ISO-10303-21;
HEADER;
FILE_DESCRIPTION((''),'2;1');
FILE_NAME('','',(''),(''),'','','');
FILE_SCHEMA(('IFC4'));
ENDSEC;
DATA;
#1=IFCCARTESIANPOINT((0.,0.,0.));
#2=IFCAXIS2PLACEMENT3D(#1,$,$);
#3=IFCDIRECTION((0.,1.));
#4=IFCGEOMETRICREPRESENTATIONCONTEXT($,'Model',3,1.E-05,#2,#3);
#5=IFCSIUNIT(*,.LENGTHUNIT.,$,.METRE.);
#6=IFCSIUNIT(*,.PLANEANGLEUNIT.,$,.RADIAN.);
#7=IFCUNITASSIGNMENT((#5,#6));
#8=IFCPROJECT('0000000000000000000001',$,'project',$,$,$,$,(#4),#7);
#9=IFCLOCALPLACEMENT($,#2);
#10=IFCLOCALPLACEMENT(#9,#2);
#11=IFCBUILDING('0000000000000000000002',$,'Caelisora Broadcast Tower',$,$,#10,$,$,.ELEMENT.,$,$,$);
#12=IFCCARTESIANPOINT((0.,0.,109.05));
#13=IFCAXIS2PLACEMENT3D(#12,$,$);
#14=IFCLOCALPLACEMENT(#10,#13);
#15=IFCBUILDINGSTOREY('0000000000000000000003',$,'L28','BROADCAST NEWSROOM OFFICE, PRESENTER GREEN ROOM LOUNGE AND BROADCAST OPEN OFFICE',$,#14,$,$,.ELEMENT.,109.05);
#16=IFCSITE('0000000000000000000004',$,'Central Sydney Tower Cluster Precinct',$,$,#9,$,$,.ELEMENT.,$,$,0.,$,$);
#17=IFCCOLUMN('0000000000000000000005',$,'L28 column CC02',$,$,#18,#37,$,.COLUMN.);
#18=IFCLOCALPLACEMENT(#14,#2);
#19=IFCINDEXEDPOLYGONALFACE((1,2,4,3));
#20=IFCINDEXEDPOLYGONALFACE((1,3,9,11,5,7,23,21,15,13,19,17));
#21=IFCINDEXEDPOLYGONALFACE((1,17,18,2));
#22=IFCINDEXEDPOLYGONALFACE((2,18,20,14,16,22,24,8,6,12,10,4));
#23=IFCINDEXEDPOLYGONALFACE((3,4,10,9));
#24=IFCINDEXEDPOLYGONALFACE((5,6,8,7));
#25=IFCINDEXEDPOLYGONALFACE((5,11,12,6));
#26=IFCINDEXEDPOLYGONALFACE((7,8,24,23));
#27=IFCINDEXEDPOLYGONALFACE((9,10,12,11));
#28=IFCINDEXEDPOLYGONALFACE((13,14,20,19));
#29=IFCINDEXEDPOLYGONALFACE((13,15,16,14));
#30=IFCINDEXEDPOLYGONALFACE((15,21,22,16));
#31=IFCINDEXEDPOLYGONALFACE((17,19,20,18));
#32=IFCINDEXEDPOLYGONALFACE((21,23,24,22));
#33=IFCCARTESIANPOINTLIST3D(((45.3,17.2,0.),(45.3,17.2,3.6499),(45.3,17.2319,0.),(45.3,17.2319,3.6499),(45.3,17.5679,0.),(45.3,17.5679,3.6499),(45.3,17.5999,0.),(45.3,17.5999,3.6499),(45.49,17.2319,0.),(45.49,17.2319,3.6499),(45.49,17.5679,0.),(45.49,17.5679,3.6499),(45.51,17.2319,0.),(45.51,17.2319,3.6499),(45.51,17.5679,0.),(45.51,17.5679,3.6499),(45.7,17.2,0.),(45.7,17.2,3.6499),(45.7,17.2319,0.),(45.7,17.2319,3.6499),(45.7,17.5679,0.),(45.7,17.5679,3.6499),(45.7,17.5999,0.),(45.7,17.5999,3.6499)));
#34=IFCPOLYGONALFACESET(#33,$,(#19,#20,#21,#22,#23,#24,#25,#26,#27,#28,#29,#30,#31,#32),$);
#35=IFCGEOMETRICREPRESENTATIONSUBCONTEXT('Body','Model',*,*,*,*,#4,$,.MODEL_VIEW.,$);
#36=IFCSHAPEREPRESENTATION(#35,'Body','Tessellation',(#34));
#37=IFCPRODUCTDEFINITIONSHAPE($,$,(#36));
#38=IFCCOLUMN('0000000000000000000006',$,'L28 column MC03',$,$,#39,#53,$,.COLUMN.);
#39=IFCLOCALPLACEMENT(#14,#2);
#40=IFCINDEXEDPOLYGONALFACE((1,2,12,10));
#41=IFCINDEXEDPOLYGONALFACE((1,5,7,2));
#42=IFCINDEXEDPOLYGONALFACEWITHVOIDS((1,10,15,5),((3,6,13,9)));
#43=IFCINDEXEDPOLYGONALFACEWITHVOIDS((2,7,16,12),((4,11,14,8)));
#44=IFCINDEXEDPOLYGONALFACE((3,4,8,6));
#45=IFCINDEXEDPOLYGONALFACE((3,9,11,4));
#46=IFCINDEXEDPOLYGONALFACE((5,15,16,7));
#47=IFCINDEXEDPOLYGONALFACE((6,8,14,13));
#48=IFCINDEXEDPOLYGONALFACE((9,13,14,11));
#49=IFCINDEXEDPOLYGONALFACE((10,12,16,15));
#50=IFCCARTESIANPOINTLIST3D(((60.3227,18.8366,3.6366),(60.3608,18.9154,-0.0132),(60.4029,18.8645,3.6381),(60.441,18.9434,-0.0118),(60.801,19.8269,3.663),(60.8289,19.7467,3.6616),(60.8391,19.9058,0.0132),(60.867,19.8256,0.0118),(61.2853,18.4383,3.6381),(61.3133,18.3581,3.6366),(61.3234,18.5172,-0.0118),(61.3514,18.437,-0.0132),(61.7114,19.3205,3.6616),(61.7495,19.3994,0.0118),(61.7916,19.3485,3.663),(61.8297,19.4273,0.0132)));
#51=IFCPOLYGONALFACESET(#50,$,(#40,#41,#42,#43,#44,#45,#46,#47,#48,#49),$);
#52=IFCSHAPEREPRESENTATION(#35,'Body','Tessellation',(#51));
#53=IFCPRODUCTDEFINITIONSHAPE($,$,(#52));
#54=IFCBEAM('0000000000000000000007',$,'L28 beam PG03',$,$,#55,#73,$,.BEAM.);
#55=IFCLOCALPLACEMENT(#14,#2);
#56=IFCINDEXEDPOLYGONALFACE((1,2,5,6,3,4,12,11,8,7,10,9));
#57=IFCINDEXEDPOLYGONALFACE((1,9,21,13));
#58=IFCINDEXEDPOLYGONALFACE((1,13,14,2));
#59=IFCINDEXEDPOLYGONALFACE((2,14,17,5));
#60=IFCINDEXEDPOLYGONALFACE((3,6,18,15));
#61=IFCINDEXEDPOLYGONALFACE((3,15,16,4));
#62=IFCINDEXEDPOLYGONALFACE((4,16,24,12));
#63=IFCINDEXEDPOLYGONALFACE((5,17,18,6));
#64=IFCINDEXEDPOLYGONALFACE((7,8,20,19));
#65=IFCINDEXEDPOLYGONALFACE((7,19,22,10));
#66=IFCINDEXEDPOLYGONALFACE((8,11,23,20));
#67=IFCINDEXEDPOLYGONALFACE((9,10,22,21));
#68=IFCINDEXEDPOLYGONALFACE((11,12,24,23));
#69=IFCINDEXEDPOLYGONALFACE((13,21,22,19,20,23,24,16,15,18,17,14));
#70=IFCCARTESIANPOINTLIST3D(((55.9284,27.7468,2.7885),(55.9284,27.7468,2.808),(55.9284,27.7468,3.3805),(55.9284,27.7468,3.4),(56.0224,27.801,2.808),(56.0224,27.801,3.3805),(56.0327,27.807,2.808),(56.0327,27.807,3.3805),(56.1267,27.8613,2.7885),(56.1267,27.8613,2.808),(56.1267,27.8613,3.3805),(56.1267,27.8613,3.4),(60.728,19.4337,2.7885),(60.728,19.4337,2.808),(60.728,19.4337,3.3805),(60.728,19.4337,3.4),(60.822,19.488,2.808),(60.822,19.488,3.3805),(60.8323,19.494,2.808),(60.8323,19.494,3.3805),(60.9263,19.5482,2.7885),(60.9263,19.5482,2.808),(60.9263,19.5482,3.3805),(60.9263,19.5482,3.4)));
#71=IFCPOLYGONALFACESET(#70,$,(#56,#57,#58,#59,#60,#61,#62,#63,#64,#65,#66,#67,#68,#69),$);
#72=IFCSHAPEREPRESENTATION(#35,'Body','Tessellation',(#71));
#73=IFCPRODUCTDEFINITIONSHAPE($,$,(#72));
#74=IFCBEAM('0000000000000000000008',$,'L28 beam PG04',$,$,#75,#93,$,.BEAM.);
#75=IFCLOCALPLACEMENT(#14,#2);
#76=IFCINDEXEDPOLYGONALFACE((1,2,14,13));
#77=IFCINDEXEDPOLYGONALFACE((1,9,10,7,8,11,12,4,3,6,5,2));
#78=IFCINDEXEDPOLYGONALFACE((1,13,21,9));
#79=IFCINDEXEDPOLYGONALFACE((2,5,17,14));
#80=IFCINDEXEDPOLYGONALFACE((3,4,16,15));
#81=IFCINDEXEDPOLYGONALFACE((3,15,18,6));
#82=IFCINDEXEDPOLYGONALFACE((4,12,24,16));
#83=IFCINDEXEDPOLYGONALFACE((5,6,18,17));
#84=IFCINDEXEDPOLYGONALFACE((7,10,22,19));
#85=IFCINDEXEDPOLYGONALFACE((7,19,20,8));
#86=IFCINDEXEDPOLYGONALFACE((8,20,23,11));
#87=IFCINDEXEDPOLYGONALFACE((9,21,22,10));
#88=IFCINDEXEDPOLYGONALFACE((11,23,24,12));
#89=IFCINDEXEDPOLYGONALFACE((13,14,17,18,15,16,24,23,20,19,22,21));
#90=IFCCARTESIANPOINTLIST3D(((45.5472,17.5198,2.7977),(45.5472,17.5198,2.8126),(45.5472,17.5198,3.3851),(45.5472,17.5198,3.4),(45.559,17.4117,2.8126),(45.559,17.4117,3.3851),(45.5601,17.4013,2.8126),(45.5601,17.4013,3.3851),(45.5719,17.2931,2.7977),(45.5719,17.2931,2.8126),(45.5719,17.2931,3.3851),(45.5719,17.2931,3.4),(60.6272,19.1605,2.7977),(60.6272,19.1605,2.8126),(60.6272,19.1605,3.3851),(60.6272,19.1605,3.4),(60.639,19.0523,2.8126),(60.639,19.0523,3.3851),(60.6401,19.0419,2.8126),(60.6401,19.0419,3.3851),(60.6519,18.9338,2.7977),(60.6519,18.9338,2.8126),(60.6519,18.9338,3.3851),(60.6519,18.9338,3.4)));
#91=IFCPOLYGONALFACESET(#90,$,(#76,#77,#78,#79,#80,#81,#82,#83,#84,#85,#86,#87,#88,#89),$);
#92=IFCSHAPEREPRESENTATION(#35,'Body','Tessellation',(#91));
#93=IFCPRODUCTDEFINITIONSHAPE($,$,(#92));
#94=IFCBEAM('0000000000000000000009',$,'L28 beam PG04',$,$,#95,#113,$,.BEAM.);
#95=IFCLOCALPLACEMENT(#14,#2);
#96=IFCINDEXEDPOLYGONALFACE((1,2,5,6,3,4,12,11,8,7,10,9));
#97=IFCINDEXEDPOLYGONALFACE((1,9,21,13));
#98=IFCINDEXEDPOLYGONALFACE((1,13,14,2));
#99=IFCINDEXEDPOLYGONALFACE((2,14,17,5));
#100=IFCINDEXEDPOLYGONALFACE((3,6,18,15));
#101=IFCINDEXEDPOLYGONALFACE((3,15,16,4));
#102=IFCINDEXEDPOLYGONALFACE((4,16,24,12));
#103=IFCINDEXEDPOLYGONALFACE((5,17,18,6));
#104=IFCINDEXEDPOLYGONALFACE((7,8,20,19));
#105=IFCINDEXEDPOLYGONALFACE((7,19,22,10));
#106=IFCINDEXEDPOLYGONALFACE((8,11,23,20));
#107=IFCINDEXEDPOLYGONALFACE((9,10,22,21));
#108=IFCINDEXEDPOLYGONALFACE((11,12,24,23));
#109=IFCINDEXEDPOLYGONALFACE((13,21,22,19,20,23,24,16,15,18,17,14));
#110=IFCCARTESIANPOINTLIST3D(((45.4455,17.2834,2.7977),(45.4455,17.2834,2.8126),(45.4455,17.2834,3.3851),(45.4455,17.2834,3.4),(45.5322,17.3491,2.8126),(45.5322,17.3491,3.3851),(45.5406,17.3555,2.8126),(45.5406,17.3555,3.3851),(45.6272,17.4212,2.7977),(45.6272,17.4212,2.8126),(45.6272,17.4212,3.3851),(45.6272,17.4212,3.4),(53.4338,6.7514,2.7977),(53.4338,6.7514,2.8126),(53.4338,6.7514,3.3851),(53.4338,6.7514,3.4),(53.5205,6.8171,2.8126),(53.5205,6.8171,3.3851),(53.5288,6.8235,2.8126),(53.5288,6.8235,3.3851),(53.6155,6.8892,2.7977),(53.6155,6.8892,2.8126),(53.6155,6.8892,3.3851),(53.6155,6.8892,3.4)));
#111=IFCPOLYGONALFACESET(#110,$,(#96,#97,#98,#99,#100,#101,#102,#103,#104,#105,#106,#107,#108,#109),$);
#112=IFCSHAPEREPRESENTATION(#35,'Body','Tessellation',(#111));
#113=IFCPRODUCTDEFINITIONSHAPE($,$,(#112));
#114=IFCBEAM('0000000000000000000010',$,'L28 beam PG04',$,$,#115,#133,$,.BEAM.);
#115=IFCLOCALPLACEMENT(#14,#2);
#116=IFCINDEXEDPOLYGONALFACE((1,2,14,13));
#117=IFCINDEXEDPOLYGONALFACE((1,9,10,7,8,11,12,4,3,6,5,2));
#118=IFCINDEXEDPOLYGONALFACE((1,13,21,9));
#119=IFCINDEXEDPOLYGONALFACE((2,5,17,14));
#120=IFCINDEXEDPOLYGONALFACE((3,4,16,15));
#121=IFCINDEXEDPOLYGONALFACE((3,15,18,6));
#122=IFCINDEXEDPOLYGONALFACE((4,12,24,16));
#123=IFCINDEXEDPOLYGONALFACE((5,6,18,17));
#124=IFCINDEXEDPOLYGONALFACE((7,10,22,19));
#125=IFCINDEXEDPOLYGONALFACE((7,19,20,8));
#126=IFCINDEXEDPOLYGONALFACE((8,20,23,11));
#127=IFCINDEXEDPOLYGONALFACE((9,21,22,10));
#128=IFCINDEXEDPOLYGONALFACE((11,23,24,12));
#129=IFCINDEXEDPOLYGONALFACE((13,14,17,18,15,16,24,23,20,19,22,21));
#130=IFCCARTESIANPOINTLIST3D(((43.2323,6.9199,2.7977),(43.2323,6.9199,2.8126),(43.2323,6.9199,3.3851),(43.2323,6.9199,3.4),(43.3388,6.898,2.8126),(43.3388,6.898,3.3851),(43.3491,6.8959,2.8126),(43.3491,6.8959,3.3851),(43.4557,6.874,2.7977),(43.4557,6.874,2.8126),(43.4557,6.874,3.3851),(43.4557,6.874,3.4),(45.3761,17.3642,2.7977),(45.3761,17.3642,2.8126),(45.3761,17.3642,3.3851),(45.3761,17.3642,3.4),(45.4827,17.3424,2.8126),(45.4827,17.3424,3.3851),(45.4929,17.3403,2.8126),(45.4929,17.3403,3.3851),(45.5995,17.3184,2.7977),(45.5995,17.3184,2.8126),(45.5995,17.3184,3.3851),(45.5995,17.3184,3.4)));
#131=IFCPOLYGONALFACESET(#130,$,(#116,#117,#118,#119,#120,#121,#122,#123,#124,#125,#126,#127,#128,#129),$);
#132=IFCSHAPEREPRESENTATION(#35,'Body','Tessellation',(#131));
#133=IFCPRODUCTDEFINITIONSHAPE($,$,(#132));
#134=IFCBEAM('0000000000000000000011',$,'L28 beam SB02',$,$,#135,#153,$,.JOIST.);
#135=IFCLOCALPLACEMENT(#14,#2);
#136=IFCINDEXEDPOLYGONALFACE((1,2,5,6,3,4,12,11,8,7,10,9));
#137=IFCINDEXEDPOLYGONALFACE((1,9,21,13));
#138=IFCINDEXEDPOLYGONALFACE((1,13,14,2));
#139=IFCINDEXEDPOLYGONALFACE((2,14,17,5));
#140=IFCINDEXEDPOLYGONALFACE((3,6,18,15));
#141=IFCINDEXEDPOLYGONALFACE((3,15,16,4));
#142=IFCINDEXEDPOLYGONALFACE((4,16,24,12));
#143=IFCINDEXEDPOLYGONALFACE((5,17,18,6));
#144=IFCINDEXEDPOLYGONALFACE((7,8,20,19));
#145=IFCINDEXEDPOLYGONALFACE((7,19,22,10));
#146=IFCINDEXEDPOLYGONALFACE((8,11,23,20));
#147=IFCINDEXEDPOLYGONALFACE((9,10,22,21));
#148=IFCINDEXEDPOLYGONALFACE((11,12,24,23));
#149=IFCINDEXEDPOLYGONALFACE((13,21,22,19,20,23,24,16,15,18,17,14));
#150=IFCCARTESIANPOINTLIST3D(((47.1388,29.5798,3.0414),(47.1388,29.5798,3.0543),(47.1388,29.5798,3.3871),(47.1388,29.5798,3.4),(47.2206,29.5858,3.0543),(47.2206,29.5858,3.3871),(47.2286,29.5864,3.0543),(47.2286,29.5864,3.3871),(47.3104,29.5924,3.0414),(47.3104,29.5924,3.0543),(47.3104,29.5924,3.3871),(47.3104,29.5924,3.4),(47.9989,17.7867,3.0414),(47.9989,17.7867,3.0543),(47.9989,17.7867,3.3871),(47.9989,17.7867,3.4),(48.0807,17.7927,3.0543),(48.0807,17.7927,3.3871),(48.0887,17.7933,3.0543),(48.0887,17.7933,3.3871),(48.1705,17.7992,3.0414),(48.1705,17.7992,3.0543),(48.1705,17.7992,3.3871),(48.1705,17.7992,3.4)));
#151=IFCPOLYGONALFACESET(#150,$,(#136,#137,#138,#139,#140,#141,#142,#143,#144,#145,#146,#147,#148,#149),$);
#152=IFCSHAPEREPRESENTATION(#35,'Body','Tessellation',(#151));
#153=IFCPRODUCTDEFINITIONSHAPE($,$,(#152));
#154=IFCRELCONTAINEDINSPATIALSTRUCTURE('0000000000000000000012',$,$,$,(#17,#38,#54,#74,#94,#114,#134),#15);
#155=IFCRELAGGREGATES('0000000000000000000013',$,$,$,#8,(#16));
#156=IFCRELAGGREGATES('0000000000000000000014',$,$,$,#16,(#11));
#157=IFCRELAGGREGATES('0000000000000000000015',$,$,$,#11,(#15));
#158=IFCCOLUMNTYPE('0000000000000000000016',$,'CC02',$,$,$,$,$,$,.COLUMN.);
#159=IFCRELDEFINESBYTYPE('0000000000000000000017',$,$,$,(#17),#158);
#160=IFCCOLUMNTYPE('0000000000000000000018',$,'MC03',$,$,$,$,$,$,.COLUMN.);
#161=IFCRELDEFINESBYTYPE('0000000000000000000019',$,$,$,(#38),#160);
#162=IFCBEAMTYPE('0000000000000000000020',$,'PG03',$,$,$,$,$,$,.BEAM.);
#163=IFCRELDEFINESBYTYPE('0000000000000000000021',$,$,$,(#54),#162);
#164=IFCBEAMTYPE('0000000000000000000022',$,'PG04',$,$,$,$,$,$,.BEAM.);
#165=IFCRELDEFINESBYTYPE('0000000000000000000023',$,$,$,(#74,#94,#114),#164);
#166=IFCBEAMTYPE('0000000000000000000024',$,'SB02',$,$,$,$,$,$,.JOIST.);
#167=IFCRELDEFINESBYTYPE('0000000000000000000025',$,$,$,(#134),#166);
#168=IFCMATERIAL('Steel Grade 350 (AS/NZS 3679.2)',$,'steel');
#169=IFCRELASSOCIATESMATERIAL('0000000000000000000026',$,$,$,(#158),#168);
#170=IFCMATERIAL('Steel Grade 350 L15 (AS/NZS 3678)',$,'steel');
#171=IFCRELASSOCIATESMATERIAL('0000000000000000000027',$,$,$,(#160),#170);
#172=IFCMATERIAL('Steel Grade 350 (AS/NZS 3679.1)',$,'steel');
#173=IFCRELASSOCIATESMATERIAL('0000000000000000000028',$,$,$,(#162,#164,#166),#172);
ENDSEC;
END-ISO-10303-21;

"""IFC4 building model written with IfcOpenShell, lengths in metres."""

from ifc_helpers import new_model, si_unit, direction, frame, origin, origin_2d, place, context, subcontext, project, spatial, hollow_rectangle, i_section, extrude, source, transform, mapped, material, material_profile, profile_set, type_object, type_shapes, element, save


model = new_model("IFC4")

# Units and contexts
model_context = context("Model", 3, precision=1e-05, world=origin(), true_north=direction((0.0, 1.0)))
body_context = subcontext(model_context, "Body", "Model", "MODEL_VIEW")
ifc_project = project(units=[si_unit("LENGTHUNIT", "METRE"), si_unit("PLANEANGLEUNIT", "RADIAN")], contexts=[model_context])

# Site, building, storey
site_placement = place(None, origin())
site = spatial("IfcSite", under=ifc_project, at=site_placement, Name="Central Sydney Tower Cluster Precinct", CompositionType="ELEMENT", RefElevation=0.0)
building_placement = place(site_placement, origin())
building = spatial("IfcBuilding", under=site, at=building_placement, Name="Caelisora Broadcast Tower", CompositionType="ELEMENT")
storey_placement = place(building_placement, frame((0.0, 0.0, 109.05)))
storey = spatial("IfcBuildingStorey", under=building, at=storey_placement, Name="L28", Description="BROADCAST NEWSROOM OFFICE, PRESENTER GREEN ROOM LOUNGE AND BROADCAST OPEN OFFICE", CompositionType="ELEMENT", Elevation=109.05)

# Columns
ifc_material_1 = material(Name="Steel Grade 350 (AS/NZS 3679.2)", Category="steel")
ifc_material_profile_1 = material_profile(ifc_material_1, i_section(OverallWidth=0.3999, OverallDepth=0.3999, WebThickness=0.02, FlangeThickness=0.032, at=origin_2d()), Name="Steel Grade 350 (AS/NZS 3679.2)")
ifc_profile_set_1 = profile_set([ifc_material_profile_1], Name="Steel Grade 350 (AS/NZS 3679.2)")
column_type_1 = type_object("IfcColumnType", Name="CC02", PredefinedType="COLUMN", material=ifc_profile_set_1)
shared_shape_1 = source(origin(), body_context, "Body", "SweptSolid", [
    extrude(i_section(OverallWidth=0.3999, OverallDepth=0.3999, WebThickness=0.02, FlangeThickness=0.032, at=origin_2d()), origin(), (0.0, 0.0, 1.0), 3.6499),
])
type_shapes(column_type_1, [shared_shape_1])
column_1_placement = place(storey_placement, frame((45.5, 17.3999, 0.0), z_axis=(0.0, 0.0, 1.0), x_axis=(1.0, 0.0, 0.0)))
element("IfcColumn", 1, at=column_1_placement, inside=storey, type_object=column_type_1, Name="L28 column CC02", PredefinedType="COLUMN", context=body_context, shape_type="MappedRepresentation", body=[
    mapped(shared_shape_1, transform((0.0, 0.0, 0.0), scale=1.0)),
])
ifc_material_2 = material(Name="Steel Grade 350 L15 (AS/NZS 3678)", Category="steel")
ifc_material_profile_2 = material_profile(ifc_material_2, hollow_rectangle(XDim=1.1001, YDim=1.1001, WallThickness=0.0601, at=origin_2d()), Name="Steel Grade 350 L15 (AS/NZS 3678)")
ifc_profile_set_2 = profile_set([ifc_material_profile_2], Name="Steel Grade 350 L15 (AS/NZS 3678)")
column_type_2 = type_object("IfcColumnType", Name="MC03", PredefinedType="COLUMN", material=ifc_profile_set_2)
shared_shape_2 = source(origin(), body_context, "Body", "SweptSolid", [
    extrude(hollow_rectangle(XDim=1.1001, YDim=1.1001, WallThickness=0.0601, at=origin_2d()), origin(), (0.0, 0.0, 1.0), 3.6509),
])
type_shapes(column_type_2, [shared_shape_2])
column_2_placement = place(storey_placement, frame((61.0952, 19.1714, 0.0), z_axis=(-0.010432, -0.021599, 0.999712), x_axis=(0.900476, -0.434905, 0.0)))
element("IfcColumn", 2, at=column_2_placement, inside=storey, type_object=column_type_2, Name="L28 column MC03", PredefinedType="COLUMN", context=body_context, shape_type="MappedRepresentation", body=[
    mapped(shared_shape_2, transform((0.0, 0.0, 0.0), scale=1.0)),
])

# Beams
ifc_material_3 = material(Name="Steel Grade 350 (AS/NZS 3679.1)", Category="steel")
ifc_material_profile_3 = material_profile(ifc_material_3, i_section(OverallWidth=0.229, OverallDepth=0.6116, WebThickness=0.012, FlangeThickness=0.0195, at=origin_2d()), Name="Steel Grade 350 (AS/NZS 3679.1)")
ifc_profile_set_3 = profile_set([ifc_material_profile_3], Name="Steel Grade 350 (AS/NZS 3679.1)")
beam_type_1 = type_object("IfcBeamType", Name="PG03", PredefinedType="BEAM", material=ifc_profile_set_3)
shared_shape_3 = source(origin(), body_context, "Body", "SweptSolid", [
    extrude(i_section(OverallWidth=0.229, OverallDepth=0.6116, WebThickness=0.012, FlangeThickness=0.0195, at=origin_2d()), origin(), (0.0, 0.0, 1.0), 9.5991),
])
type_shapes(beam_type_1, [shared_shape_3])
beam_1_placement = place(storey_placement, frame((60.8271, 19.491, 3.0942), z_axis=(-0.500004, 0.866023, 0.0), x_axis=(-0.866023, -0.500004, 0.0)))
element("IfcBeam", 3, at=beam_1_placement, inside=storey, type_object=beam_type_1, Name="L28 beam PG03", PredefinedType="BEAM", context=body_context, shape_type="MappedRepresentation", body=[
    mapped(shared_shape_3, transform((0.0, 0.0, 0.0), scale=1.0)),
])
ifc_material_profile_4 = material_profile(ifc_material_3, i_section(OverallWidth=0.228, OverallDepth=0.6023, WebThickness=0.0105, FlangeThickness=0.0149, at=origin_2d()), Name="Steel Grade 350 (AS/NZS 3679.1)")
ifc_profile_set_4 = profile_set([ifc_material_profile_4], Name="Steel Grade 350 (AS/NZS 3679.1)")
beam_type_2 = type_object("IfcBeamType", Name="PG04", PredefinedType="BEAM", material=ifc_profile_set_4)
shared_shape_4 = source(origin(), body_context, "Body", "SweptSolid", [
    extrude(i_section(OverallWidth=0.228, OverallDepth=0.6023, WebThickness=0.0105, FlangeThickness=0.0149, at=origin_2d()), origin(), (0.0, 0.0, 1.0), 15.1689),
])
beam_2_placement = place(storey_placement, frame((45.5596, 17.4065, 3.0989), z_axis=(0.994134, 0.108156, 0.0), x_axis=(-0.108156, 0.994134, 0.0)))
element("IfcBeam", 4, at=beam_2_placement, inside=storey, type_object=beam_type_2, Name="L28 beam PG04", PredefinedType="BEAM", context=body_context, shape_type="MappedRepresentation", body=[
    mapped(shared_shape_4, transform((0.0, 0.0, 0.0), scale=1.0)),
])
shared_shape_5 = source(origin(), body_context, "Body", "SweptSolid", [
    extrude(i_section(OverallWidth=0.228, OverallDepth=0.6023, WebThickness=0.0105, FlangeThickness=0.0149, at=origin_2d()), origin(), (0.0, 0.0, 1.0), 13.2188),
])
beam_3_placement = place(storey_placement, frame((45.5364, 17.3523, 3.0989), z_axis=(0.604315, -0.796746, 0.0), x_axis=(0.796746, 0.604315, 0.0)))
element("IfcBeam", 5, at=beam_3_placement, inside=storey, type_object=beam_type_2, Name="L28 beam PG04", PredefinedType="BEAM", context=body_context, shape_type="MappedRepresentation", body=[
    mapped(shared_shape_5, transform((0.0, 0.0, 0.0), scale=1.0)),
])
shared_shape_6 = source(origin(), body_context, "Body", "SweptSolid", [
    extrude(i_section(OverallWidth=0.228, OverallDepth=0.6023, WebThickness=0.0105, FlangeThickness=0.0149, at=origin_2d()), origin(), (0.0, 0.0, 1.0), 10.6621),
])
type_shapes(beam_type_2, [shared_shape_4, shared_shape_5, shared_shape_6])
beam_4_placement = place(storey_placement, frame((45.4878, 17.3413, 3.0989), z_axis=(-0.201068, -0.979577, 0.0), x_axis=(0.979577, -0.201068, 0.0)))
element("IfcBeam", 6, at=beam_4_placement, inside=storey, type_object=beam_type_2, Name="L28 beam PG04", PredefinedType="BEAM", context=body_context, shape_type="MappedRepresentation", body=[
    mapped(shared_shape_6, transform((0.0, 0.0, 0.0), scale=1.0)),
])
ifc_material_profile_5 = material_profile(ifc_material_3, i_section(OverallWidth=0.1721, OverallDepth=0.3586, WebThickness=0.0081, FlangeThickness=0.0129, at=origin_2d()), Name="Steel Grade 350 (AS/NZS 3679.1)")
ifc_profile_set_5 = profile_set([ifc_material_profile_5], Name="Steel Grade 350 (AS/NZS 3679.1)")
beam_type_3 = type_object("IfcBeamType", Name="SB02", PredefinedType="JOIST", material=ifc_profile_set_5)
shared_shape_7 = source(origin(), body_context, "Body", "SweptSolid", [
    extrude(i_section(OverallWidth=0.1721, OverallDepth=0.3586, WebThickness=0.0081, FlangeThickness=0.0129, at=origin_2d()), origin(), (0.0, 0.0, 1.0), 11.8245),
])
beam_5_placement = place(storey_placement, frame((48.0847, 17.793, 3.2207), z_axis=(-0.072739, 0.997351, 0.0), x_axis=(-0.997351, -0.072739, 0.0)))
element("IfcBeam", 7, at=beam_5_placement, inside=storey, type_object=beam_type_3, Name="L28 beam SB02", PredefinedType="JOIST", context=body_context, shape_type="MappedRepresentation", body=[
    mapped(shared_shape_7, transform((0.0, 0.0, 0.0), scale=1.0)),
])

save(model, "model.ifc")
